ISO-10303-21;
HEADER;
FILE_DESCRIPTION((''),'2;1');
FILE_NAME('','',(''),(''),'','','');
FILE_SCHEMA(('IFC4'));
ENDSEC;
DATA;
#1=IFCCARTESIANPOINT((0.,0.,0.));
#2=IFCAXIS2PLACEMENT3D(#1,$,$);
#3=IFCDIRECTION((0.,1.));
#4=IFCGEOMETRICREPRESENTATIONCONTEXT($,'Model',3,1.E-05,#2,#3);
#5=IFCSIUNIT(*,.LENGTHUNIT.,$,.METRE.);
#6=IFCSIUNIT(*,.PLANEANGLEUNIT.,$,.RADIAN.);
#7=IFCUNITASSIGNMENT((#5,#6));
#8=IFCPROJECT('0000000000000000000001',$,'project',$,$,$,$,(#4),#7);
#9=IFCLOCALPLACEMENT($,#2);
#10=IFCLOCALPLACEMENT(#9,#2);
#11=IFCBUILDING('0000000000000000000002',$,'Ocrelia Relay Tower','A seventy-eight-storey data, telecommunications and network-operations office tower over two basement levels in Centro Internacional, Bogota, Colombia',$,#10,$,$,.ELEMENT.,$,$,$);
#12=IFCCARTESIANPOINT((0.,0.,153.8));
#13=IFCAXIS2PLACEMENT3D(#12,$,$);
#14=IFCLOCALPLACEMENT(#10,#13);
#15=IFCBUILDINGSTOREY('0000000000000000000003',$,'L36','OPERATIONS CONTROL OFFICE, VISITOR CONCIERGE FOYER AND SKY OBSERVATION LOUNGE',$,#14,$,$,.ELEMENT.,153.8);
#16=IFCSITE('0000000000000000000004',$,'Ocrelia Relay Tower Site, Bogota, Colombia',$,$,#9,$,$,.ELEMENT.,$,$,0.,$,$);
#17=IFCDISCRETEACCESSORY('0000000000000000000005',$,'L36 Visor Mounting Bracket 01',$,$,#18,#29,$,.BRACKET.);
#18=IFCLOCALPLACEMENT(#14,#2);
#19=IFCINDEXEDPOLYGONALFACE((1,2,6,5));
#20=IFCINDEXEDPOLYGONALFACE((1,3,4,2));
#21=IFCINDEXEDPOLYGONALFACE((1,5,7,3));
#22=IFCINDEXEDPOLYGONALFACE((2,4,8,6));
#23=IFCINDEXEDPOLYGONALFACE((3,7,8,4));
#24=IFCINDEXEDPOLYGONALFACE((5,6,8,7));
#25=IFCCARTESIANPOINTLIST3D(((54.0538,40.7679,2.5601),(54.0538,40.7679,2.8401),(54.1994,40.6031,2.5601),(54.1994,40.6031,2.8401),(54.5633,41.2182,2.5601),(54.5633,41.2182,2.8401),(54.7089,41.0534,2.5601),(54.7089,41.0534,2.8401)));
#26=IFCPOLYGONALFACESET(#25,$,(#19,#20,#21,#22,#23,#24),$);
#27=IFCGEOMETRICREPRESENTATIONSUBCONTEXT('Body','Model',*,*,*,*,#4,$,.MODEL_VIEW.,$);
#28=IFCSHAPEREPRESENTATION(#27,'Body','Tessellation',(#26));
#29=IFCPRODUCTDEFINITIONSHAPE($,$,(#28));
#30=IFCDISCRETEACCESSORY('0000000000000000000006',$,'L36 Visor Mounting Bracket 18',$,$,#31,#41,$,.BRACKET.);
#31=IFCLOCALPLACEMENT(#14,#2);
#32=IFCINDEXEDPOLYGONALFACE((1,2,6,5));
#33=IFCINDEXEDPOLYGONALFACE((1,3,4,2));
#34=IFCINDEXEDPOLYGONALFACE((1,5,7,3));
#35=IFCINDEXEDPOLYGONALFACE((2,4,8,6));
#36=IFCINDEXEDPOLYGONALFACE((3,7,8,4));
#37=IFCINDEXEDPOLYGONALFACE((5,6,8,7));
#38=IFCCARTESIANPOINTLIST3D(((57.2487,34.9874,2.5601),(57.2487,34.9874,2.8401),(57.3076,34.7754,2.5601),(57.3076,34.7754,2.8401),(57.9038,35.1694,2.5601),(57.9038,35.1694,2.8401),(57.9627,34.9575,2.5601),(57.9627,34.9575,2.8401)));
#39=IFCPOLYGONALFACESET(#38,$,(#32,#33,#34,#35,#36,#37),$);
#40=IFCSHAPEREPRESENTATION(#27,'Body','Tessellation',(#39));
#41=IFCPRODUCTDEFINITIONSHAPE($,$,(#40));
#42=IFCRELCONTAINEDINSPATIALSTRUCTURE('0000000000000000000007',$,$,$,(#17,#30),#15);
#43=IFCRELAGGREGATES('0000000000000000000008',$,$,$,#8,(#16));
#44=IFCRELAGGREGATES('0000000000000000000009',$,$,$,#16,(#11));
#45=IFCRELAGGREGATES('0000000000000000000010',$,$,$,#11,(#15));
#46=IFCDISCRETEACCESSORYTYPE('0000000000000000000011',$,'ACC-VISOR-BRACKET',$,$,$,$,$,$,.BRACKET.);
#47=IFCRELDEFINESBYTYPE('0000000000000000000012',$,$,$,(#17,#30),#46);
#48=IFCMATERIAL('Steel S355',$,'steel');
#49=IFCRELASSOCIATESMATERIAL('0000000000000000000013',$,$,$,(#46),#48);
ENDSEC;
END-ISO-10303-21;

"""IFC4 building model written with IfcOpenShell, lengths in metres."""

from ifc_helpers import new_model, si_unit, direction, frame, origin, origin_2d, place, context, subcontext, project, spatial, rectangle, extrude, material, type_object, element, save


model = new_model("IFC4")

# Units and contexts
model_context = context("Model", 3, precision=1e-05, world=origin(), true_north=direction((0.0, 1.0)))
body_context = subcontext(model_context, "Body", "Model", "MODEL_VIEW")
ifc_project = project(units=[si_unit("LENGTHUNIT", "METRE"), si_unit("PLANEANGLEUNIT", "RADIAN")], contexts=[model_context])

# Site, building, storey
site_placement = place(None, origin())
site = spatial("IfcSite", under=ifc_project, at=site_placement, Name="Ocrelia Relay Tower Site, Bogota, Colombia", CompositionType="ELEMENT", RefElevation=0.0)
building_placement = place(site_placement, origin())
building = spatial("IfcBuilding", under=site, at=building_placement, Name="Ocrelia Relay Tower", Description="A seventy-eight-storey data, telecommunications and network-operations office tower over two basement levels in Centro Internacional, Bogota, Colombia", CompositionType="ELEMENT")
storey_placement = place(building_placement, frame((0.0, 0.0, 153.8)))
storey = spatial("IfcBuildingStorey", under=building, at=storey_placement, Name="L36", Description="OPERATIONS CONTROL OFFICE, VISITOR CONCIERGE FOYER AND SKY OBSERVATION LOUNGE", CompositionType="ELEMENT", Elevation=153.8)

# Shared definitions
ifc_material_1 = material(Name="Steel S355", Category="steel")

# Discrete accessories
discrete_accessory_type = type_object("IfcDiscreteAccessoryType", Name="ACC-VISOR-BRACKET", PredefinedType="BRACKET", material=ifc_material_1)
for number, where, z_axis, x_axis, name in (
    (1, (54.3813, 40.9106, 2.5601), (0.0, 0.0, 1.0), (-0.662219, 0.74931, 0.0), "L36 Visor Mounting Bracket 01"),
    (2, (57.6057, 34.9724, 2.5601), (0.0, 0.0, 1.0), (-0.267754, 0.963487, 0.0), "L36 Visor Mounting Bracket 18"),
):
    element("IfcDiscreteAccessory", number, at=place(storey_placement, frame(where, z_axis=z_axis, x_axis=x_axis)), inside=storey, type_object=discrete_accessory_type, Name=name, PredefinedType="BRACKET", context=body_context, shape_type="SweptSolid", body=[
        extrude(rectangle(XDim=0.22, YDim=0.6799, at=origin_2d()), origin(), (0.0, 0.0, 1.0), 0.28),
    ])

save(model, "model.ifc")
